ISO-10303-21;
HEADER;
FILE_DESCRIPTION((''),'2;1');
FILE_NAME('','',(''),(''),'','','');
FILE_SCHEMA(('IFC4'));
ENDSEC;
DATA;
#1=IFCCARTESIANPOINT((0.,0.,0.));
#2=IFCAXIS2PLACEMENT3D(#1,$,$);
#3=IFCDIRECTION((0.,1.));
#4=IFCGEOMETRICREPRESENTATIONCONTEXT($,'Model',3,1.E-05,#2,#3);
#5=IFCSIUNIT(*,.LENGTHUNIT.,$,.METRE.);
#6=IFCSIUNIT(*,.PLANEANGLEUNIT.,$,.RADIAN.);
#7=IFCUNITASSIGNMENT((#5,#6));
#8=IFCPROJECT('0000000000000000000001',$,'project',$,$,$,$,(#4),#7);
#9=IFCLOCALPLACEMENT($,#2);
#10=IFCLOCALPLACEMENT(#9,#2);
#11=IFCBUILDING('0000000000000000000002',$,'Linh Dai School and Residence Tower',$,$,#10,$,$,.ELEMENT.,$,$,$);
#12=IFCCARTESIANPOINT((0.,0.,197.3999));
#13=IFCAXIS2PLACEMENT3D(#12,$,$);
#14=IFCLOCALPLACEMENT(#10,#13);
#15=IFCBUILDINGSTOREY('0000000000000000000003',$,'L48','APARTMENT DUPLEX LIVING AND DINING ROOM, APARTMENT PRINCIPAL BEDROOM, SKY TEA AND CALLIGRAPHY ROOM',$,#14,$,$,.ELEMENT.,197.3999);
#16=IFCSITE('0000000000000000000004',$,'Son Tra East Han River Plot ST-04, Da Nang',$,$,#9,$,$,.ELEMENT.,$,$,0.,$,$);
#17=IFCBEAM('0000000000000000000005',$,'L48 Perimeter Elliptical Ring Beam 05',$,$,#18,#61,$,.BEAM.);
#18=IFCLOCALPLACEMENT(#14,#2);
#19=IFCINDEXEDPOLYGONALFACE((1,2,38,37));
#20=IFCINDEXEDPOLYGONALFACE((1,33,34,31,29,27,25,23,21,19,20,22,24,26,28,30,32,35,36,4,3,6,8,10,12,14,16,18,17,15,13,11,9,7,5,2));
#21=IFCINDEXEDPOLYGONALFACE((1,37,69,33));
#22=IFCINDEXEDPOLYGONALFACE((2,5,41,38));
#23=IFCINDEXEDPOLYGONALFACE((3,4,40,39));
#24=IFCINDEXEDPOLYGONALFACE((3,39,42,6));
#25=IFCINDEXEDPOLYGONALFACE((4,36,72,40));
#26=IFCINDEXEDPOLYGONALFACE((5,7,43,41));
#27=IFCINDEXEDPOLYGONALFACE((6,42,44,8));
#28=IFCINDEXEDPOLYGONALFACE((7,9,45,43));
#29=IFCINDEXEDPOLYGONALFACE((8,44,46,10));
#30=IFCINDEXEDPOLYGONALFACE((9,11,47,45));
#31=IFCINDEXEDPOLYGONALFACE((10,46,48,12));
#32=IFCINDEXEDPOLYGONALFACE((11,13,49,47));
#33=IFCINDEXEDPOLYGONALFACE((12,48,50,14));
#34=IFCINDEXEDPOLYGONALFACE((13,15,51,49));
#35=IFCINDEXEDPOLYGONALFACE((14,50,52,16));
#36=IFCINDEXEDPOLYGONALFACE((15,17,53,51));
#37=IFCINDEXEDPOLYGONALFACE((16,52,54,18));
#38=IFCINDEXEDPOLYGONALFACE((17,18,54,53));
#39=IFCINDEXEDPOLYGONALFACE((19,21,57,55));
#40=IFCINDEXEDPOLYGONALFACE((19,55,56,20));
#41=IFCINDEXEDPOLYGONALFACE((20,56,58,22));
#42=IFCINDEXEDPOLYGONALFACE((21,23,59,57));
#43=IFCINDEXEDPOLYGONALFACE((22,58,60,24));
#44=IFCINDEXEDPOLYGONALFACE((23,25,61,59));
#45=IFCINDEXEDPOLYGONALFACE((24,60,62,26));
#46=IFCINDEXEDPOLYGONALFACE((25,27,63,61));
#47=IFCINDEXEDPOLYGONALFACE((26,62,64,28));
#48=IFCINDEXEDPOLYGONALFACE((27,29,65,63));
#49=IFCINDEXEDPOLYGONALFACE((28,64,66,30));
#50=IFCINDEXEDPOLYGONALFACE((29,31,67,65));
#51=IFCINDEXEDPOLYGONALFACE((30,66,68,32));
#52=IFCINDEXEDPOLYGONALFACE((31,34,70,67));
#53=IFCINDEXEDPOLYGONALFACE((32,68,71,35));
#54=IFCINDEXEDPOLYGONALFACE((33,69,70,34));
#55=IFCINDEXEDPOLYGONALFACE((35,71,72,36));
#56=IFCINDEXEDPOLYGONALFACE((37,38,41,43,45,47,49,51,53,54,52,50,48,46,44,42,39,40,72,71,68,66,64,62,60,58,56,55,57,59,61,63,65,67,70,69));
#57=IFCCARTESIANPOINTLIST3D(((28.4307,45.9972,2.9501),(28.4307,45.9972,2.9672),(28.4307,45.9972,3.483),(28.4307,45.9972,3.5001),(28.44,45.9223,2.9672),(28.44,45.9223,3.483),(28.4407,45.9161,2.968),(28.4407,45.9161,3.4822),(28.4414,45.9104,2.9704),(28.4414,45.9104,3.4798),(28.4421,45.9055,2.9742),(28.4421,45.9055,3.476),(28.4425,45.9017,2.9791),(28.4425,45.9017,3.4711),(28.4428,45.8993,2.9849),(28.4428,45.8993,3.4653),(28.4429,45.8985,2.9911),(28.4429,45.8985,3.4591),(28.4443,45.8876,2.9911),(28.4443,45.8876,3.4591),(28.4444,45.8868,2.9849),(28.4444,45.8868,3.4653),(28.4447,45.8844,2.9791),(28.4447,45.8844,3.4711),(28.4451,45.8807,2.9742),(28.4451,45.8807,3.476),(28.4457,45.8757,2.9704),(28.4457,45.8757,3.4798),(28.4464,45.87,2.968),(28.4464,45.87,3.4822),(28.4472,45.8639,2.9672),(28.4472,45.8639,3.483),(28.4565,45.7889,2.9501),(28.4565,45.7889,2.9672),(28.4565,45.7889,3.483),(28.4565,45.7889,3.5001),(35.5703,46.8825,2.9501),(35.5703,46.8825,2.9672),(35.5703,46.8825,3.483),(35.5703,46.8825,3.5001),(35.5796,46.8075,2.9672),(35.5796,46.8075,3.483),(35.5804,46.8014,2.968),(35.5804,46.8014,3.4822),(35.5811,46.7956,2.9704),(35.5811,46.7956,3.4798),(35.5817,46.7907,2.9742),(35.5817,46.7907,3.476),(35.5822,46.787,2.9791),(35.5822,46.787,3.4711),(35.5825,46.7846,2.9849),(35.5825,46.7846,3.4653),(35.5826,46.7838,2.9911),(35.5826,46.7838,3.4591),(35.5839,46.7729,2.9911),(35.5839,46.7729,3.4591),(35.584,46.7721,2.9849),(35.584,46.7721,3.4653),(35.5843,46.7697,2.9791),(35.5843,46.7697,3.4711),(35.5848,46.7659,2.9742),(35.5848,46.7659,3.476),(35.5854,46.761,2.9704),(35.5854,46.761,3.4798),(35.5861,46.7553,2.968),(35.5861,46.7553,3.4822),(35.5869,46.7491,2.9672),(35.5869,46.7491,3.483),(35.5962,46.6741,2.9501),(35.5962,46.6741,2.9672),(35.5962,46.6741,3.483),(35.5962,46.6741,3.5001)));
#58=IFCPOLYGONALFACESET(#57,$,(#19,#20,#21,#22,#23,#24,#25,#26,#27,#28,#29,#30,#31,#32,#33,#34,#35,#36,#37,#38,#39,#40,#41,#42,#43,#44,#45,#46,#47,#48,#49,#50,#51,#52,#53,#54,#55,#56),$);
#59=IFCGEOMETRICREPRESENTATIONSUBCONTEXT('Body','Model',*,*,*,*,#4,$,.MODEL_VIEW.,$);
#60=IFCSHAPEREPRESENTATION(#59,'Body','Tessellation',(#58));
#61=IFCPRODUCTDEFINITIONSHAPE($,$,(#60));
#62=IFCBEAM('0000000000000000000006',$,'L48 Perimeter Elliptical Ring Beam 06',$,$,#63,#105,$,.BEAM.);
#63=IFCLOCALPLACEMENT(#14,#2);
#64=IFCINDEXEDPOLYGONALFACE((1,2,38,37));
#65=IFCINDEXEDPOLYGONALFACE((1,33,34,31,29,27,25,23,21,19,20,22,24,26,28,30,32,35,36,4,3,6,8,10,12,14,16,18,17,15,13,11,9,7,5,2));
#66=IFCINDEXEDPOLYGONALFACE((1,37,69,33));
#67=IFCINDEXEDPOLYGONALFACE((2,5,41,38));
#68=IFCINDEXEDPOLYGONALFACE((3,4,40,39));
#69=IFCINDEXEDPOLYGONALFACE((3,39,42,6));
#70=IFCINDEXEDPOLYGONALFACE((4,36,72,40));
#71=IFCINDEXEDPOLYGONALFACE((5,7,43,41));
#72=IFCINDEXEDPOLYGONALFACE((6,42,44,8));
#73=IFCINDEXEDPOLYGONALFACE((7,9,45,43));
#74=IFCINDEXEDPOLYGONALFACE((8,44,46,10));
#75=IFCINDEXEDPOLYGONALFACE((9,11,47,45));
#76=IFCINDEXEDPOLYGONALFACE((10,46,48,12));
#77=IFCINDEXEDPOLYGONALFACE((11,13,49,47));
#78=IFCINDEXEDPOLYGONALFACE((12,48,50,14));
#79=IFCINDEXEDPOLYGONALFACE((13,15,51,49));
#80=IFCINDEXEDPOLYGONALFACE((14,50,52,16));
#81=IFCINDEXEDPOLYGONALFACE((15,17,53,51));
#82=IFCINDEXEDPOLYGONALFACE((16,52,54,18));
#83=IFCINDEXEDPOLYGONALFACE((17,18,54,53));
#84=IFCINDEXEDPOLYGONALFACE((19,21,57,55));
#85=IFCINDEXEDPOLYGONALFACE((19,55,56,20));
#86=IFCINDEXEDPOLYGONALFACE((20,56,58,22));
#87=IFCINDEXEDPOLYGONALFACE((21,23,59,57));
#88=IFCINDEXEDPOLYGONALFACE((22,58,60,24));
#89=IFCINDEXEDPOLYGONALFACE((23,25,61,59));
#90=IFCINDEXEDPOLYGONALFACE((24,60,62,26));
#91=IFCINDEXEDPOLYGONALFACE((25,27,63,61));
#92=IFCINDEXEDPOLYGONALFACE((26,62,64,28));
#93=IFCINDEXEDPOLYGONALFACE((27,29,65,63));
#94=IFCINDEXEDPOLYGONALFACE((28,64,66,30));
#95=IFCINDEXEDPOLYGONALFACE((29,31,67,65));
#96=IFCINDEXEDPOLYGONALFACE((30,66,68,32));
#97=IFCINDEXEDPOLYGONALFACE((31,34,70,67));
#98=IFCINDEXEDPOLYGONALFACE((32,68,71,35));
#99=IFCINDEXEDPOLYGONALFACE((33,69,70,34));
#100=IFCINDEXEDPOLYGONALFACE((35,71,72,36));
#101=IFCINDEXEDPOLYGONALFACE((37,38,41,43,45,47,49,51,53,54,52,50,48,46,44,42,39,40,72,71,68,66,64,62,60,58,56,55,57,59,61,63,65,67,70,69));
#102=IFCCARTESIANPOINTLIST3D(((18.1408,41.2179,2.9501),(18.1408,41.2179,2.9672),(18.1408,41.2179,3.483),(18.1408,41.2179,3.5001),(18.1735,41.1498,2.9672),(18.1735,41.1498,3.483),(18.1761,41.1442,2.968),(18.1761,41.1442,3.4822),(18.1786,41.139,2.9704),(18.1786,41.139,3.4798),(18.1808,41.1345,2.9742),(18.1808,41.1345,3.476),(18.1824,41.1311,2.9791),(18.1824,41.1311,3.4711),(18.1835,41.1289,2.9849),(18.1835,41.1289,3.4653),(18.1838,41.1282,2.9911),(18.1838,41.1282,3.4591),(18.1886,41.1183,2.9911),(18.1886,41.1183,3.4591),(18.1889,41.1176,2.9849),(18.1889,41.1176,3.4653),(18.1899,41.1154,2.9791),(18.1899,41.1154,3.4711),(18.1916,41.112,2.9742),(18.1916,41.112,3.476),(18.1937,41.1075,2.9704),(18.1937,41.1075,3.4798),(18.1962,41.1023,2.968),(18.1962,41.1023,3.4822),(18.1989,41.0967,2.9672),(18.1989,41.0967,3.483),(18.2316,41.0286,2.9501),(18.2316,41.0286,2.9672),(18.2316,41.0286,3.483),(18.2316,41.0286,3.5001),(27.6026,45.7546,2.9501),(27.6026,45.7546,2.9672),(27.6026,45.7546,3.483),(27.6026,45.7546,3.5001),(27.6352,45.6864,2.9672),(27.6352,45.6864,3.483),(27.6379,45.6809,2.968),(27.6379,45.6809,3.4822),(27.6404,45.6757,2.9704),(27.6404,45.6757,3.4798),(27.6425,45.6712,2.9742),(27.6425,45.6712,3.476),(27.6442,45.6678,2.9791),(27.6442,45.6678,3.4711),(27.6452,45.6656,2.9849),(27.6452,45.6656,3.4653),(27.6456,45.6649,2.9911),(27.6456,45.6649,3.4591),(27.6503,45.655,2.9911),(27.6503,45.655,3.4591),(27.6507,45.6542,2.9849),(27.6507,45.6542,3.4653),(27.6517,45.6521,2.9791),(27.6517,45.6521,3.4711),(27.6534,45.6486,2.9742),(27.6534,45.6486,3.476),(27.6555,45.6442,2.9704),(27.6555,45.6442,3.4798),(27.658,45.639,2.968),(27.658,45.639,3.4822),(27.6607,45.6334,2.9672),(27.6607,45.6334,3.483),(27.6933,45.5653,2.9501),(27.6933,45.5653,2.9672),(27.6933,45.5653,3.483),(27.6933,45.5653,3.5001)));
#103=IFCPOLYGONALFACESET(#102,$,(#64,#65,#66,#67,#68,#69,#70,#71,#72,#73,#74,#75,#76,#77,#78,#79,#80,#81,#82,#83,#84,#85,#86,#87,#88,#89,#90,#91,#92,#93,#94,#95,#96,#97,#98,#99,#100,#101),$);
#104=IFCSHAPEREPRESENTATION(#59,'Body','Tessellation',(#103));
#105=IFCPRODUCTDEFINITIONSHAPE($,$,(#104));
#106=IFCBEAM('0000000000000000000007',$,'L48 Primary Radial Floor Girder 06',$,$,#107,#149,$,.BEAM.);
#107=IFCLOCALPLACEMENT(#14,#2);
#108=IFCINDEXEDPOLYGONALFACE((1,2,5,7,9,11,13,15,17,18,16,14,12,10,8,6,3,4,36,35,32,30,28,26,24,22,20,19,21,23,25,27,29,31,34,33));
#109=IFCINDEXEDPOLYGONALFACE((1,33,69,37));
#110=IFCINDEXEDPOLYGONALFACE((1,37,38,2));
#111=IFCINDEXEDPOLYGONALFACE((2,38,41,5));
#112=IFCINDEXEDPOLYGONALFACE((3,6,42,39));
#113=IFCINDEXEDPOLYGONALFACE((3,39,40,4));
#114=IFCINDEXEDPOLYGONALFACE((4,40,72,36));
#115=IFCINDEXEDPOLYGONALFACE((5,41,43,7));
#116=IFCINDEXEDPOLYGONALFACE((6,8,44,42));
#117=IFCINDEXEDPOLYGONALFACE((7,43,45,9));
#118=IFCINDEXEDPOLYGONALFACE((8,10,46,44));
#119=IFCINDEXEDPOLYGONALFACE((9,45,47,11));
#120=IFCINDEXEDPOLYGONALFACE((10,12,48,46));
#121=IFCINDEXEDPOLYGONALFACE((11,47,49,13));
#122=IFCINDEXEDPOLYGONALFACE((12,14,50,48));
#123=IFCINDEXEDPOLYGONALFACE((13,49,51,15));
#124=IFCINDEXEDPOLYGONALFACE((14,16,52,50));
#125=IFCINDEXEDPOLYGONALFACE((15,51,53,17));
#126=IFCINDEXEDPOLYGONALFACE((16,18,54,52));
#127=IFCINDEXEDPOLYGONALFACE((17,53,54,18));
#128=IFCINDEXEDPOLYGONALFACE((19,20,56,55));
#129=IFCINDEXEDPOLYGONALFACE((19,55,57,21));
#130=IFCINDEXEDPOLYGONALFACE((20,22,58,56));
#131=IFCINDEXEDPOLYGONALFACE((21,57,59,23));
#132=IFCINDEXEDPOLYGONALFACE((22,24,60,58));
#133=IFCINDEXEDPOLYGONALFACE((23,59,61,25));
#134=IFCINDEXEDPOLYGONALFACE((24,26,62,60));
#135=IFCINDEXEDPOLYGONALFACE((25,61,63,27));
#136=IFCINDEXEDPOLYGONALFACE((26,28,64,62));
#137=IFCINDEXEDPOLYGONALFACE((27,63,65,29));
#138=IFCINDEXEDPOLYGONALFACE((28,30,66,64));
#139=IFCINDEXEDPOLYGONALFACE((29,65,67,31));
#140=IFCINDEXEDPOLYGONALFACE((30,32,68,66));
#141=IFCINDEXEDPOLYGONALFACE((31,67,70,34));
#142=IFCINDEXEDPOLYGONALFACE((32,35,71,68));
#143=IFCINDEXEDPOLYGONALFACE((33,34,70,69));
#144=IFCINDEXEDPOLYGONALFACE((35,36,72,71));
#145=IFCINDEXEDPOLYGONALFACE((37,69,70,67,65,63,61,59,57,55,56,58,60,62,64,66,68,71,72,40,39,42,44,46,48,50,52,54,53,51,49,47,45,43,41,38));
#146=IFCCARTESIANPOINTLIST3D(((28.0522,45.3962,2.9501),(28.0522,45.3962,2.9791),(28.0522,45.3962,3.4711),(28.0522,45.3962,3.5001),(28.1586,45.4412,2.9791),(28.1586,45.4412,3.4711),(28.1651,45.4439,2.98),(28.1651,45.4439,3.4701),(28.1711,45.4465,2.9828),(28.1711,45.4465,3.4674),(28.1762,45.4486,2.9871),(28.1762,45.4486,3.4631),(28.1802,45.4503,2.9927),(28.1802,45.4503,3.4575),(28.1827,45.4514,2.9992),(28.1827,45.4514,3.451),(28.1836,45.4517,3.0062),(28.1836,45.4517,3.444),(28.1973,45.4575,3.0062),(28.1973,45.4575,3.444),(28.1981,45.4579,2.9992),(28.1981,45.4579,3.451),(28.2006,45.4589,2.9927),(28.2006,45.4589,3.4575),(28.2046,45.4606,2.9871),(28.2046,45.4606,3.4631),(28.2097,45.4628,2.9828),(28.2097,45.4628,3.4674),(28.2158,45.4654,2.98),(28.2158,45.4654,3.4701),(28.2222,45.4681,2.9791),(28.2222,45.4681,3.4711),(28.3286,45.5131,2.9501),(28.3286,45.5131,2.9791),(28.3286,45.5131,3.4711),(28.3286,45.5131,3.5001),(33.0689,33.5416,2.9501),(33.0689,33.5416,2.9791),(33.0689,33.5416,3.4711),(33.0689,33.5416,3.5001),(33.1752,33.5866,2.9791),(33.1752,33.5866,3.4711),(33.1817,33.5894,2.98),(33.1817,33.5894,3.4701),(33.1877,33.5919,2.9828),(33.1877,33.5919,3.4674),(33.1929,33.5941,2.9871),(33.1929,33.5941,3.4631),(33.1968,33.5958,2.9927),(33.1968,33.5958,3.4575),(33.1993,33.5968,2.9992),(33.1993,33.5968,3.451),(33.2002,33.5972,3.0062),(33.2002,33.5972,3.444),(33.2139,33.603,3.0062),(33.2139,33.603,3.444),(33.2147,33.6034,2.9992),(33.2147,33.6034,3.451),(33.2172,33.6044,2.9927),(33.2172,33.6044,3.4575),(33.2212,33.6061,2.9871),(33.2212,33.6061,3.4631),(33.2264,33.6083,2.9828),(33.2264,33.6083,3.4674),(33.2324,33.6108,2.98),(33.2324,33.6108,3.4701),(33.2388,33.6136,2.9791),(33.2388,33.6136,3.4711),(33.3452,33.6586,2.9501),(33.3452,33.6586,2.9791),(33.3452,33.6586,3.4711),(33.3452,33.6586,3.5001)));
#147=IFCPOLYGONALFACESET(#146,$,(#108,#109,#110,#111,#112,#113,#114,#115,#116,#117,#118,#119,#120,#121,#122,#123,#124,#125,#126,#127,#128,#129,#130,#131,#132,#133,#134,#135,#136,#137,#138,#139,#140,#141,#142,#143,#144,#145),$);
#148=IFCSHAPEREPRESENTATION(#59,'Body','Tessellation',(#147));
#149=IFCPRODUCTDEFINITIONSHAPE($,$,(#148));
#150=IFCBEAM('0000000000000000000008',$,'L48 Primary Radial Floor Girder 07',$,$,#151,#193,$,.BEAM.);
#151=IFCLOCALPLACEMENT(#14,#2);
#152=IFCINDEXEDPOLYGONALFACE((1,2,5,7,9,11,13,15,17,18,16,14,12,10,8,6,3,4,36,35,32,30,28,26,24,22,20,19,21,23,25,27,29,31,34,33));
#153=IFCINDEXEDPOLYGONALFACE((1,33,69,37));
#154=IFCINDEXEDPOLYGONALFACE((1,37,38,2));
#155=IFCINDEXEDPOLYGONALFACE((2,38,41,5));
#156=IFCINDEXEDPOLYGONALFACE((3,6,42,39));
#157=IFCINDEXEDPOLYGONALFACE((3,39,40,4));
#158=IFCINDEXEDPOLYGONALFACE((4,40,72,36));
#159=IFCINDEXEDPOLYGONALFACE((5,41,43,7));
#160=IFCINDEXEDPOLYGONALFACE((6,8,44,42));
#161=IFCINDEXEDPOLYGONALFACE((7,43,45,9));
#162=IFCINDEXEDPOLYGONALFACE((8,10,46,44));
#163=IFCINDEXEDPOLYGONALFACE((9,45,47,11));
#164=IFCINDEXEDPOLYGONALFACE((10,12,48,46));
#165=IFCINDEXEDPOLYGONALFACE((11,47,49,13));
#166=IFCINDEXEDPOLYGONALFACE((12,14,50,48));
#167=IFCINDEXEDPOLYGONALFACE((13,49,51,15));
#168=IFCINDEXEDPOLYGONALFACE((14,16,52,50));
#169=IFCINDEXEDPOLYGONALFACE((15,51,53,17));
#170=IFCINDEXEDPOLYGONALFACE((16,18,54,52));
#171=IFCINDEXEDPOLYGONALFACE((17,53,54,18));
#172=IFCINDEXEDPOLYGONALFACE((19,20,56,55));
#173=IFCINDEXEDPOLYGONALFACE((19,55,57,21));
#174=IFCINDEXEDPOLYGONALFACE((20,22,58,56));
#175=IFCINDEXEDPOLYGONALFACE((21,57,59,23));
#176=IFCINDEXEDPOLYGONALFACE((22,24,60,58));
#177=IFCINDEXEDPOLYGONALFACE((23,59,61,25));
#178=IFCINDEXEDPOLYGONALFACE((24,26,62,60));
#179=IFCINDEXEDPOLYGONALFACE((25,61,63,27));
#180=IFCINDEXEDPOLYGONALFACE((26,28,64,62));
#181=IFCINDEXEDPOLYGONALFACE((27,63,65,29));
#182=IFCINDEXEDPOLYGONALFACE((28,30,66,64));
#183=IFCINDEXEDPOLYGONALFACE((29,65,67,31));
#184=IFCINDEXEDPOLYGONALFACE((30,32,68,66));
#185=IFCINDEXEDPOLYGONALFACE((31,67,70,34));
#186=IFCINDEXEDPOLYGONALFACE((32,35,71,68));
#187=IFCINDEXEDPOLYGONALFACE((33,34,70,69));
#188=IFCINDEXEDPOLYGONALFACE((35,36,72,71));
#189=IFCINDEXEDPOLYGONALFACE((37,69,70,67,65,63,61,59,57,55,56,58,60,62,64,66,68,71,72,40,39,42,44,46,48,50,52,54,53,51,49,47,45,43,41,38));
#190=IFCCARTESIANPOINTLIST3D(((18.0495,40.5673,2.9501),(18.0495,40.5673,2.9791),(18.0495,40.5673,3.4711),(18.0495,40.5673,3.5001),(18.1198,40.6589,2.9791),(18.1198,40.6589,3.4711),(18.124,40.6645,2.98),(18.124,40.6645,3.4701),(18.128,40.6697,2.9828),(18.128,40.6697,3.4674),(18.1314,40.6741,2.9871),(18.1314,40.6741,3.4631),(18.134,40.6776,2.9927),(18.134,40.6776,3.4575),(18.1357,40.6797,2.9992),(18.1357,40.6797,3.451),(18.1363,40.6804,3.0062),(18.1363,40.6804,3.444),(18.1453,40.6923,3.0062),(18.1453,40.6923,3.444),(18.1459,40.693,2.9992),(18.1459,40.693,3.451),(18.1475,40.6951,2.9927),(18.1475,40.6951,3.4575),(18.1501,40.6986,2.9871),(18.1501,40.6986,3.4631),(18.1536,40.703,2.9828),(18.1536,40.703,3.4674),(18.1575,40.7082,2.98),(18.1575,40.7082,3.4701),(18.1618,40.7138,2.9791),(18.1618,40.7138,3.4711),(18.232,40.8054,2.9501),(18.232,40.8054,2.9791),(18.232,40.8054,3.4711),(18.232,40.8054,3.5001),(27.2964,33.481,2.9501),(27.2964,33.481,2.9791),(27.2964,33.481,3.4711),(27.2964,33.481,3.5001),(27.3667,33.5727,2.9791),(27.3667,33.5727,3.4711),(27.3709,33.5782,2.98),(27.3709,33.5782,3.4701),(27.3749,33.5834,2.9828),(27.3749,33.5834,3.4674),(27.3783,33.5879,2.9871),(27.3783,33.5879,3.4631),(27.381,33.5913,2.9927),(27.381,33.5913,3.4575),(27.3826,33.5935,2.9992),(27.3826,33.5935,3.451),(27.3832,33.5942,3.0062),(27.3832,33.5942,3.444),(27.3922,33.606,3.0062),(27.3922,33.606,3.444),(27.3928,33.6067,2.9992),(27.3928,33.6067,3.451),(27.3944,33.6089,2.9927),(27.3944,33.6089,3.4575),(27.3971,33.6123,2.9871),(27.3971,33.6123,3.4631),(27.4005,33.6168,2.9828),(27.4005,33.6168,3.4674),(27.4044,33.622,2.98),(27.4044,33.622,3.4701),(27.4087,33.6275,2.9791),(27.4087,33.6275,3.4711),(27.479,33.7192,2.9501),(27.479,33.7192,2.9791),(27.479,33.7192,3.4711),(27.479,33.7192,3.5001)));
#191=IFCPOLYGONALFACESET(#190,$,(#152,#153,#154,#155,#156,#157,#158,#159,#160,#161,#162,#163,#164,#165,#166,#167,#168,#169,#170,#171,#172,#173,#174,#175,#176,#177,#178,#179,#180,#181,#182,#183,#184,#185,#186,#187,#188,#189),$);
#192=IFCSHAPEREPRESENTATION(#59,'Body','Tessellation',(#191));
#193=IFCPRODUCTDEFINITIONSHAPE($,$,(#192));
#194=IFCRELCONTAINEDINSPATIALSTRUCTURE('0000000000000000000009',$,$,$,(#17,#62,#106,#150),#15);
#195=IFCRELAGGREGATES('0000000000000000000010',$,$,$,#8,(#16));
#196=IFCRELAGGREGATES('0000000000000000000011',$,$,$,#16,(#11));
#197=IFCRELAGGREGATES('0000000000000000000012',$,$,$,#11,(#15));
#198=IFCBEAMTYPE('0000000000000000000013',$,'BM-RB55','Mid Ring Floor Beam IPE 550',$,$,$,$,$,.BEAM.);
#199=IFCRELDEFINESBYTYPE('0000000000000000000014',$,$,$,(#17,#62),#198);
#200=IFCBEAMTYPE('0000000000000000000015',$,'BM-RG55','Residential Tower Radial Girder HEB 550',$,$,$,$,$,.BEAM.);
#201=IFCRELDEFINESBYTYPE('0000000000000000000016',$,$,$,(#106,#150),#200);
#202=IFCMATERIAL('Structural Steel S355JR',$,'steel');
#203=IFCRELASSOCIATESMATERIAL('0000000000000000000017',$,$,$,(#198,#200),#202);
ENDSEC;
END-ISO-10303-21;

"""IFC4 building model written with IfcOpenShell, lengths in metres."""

from ifc_helpers import new_model, si_unit, direction, frame, origin, origin_2d, place, context, subcontext, project, spatial, i_section, extrude, material, material_profile, profile_set, type_object, element, save


model = new_model("IFC4")

# Units and contexts
model_context = context("Model", 3, precision=1e-05, world=origin(), true_north=direction((0.0, 1.0)))
body_context = subcontext(model_context, "Body", "Model", "MODEL_VIEW")
ifc_project = project(units=[si_unit("LENGTHUNIT", "METRE"), si_unit("PLANEANGLEUNIT", "RADIAN")], contexts=[model_context])

# Site, building, storey
site_placement = place(None, origin())
site = spatial("IfcSite", under=ifc_project, at=site_placement, Name="Son Tra East Han River Plot ST-04, Da Nang", CompositionType="ELEMENT", RefElevation=0.0)
building_placement = place(site_placement, origin())
building = spatial("IfcBuilding", under=site, at=building_placement, Name="Linh Dai School and Residence Tower", CompositionType="ELEMENT")
storey_placement = place(building_placement, frame((0.0, 0.0, 197.3999)))
storey = spatial("IfcBuildingStorey", under=building, at=storey_placement, Name="L48", Description="APARTMENT DUPLEX LIVING AND DINING ROOM, APARTMENT PRINCIPAL BEDROOM, SKY TEA AND CALLIGRAPHY ROOM", CompositionType="ELEMENT", Elevation=197.3999)

# Shared definitions
ifc_material_1 = material(Name="Structural Steel S355JR", Category="steel")

# Beams
ifc_material_profile_1 = material_profile(ifc_material_1, i_section(OverallWidth=0.21, OverallDepth=0.55, WebThickness=0.011, FlangeThickness=0.0171, FilletRadius=0.0239, at=origin_2d()), Name="IPE 550")
ifc_profile_set_1 = profile_set([ifc_material_profile_1], Name="Structural Steel S355JR")
beam_type_1 = type_object("IfcBeamType", Name="BM-RB55", Description="Mid Ring Floor Beam IPE 550", PredefinedType="BEAM", material=ifc_profile_set_1)
beam_1_placement = place(storey_placement, frame((35.5833, 46.7783, 3.2251), z_axis=(-0.992401, -0.123049, 0.0), x_axis=(0.123049, -0.992401, 0.0)))
element("IfcBeam", 1, at=beam_1_placement, inside=storey, type_object=beam_type_1, Name="L48 Perimeter Elliptical Ring Beam 05", PredefinedType="BEAM", context=body_context, shape_type="SweptSolid", body=[
    extrude(i_section(OverallWidth=0.21, OverallDepth=0.55, WebThickness=0.011, FlangeThickness=0.0171, FilletRadius=0.0239, at=origin_2d()), origin(), (0.0, 0.0, 1.0), 7.1943),
])
beam_2_placement = place(storey_placement, frame((27.6479, 45.6599, 3.2251), z_axis=(-0.901708, -0.432345, 0.0), x_axis=(0.432345, -0.901708, 0.0)))
element("IfcBeam", 2, at=beam_2_placement, inside=storey, type_object=beam_type_1, Name="L48 Perimeter Elliptical Ring Beam 06", PredefinedType="BEAM", context=body_context, shape_type="SweptSolid", body=[
    extrude(i_section(OverallWidth=0.21, OverallDepth=0.55, WebThickness=0.011, FlangeThickness=0.0171, FilletRadius=0.0239, at=origin_2d()), origin(), (0.0, 0.0, 1.0), 10.4932),
])
ifc_material_profile_2 = material_profile(ifc_material_1, i_section(OverallWidth=0.3, OverallDepth=0.55, WebThickness=0.0149, FlangeThickness=0.0291, FilletRadius=0.0271, at=origin_2d()), Name="HEB 550")
ifc_profile_set_2 = profile_set([ifc_material_profile_2], Name="Structural Steel S355JR")
beam_type_2 = type_object("IfcBeamType", Name="BM-RG55", Description="Residential Tower Radial Girder HEB 550", PredefinedType="BEAM", material=ifc_profile_set_2)
beam_3_placement = place(storey_placement, frame((33.207, 33.6001, 3.2251), z_axis=(-0.389722, 0.920933, 0.0), x_axis=(-0.920933, -0.389722, 0.0)))
element("IfcBeam", 3, at=beam_3_placement, inside=storey, type_object=beam_type_2, Name="L48 Primary Radial Floor Girder 06", PredefinedType="BEAM", context=body_context, shape_type="SweptSolid", body=[
    extrude(i_section(OverallWidth=0.3, OverallDepth=0.55, WebThickness=0.0149, FlangeThickness=0.0291, FilletRadius=0.0271, at=origin_2d()), origin(), (0.0, 0.0, 1.0), 12.8723),
])
beam_4_placement = place(storey_placement, frame((27.3877, 33.6001, 3.2251), z_axis=(-0.793733, 0.608267, 0.0), x_axis=(-0.608267, -0.793733, 0.0)))
element("IfcBeam", 4, at=beam_4_placement, inside=storey, type_object=beam_type_2, Name="L48 Primary Radial Floor Girder 07", PredefinedType="BEAM", context=body_context, shape_type="SweptSolid", body=[
    extrude(i_section(OverallWidth=0.3, OverallDepth=0.55, WebThickness=0.0149, FlangeThickness=0.0291, FilletRadius=0.0271, at=origin_2d()), origin(), (0.0, 0.0, 1.0), 11.6499),
])

save(model, "model.ifc")
